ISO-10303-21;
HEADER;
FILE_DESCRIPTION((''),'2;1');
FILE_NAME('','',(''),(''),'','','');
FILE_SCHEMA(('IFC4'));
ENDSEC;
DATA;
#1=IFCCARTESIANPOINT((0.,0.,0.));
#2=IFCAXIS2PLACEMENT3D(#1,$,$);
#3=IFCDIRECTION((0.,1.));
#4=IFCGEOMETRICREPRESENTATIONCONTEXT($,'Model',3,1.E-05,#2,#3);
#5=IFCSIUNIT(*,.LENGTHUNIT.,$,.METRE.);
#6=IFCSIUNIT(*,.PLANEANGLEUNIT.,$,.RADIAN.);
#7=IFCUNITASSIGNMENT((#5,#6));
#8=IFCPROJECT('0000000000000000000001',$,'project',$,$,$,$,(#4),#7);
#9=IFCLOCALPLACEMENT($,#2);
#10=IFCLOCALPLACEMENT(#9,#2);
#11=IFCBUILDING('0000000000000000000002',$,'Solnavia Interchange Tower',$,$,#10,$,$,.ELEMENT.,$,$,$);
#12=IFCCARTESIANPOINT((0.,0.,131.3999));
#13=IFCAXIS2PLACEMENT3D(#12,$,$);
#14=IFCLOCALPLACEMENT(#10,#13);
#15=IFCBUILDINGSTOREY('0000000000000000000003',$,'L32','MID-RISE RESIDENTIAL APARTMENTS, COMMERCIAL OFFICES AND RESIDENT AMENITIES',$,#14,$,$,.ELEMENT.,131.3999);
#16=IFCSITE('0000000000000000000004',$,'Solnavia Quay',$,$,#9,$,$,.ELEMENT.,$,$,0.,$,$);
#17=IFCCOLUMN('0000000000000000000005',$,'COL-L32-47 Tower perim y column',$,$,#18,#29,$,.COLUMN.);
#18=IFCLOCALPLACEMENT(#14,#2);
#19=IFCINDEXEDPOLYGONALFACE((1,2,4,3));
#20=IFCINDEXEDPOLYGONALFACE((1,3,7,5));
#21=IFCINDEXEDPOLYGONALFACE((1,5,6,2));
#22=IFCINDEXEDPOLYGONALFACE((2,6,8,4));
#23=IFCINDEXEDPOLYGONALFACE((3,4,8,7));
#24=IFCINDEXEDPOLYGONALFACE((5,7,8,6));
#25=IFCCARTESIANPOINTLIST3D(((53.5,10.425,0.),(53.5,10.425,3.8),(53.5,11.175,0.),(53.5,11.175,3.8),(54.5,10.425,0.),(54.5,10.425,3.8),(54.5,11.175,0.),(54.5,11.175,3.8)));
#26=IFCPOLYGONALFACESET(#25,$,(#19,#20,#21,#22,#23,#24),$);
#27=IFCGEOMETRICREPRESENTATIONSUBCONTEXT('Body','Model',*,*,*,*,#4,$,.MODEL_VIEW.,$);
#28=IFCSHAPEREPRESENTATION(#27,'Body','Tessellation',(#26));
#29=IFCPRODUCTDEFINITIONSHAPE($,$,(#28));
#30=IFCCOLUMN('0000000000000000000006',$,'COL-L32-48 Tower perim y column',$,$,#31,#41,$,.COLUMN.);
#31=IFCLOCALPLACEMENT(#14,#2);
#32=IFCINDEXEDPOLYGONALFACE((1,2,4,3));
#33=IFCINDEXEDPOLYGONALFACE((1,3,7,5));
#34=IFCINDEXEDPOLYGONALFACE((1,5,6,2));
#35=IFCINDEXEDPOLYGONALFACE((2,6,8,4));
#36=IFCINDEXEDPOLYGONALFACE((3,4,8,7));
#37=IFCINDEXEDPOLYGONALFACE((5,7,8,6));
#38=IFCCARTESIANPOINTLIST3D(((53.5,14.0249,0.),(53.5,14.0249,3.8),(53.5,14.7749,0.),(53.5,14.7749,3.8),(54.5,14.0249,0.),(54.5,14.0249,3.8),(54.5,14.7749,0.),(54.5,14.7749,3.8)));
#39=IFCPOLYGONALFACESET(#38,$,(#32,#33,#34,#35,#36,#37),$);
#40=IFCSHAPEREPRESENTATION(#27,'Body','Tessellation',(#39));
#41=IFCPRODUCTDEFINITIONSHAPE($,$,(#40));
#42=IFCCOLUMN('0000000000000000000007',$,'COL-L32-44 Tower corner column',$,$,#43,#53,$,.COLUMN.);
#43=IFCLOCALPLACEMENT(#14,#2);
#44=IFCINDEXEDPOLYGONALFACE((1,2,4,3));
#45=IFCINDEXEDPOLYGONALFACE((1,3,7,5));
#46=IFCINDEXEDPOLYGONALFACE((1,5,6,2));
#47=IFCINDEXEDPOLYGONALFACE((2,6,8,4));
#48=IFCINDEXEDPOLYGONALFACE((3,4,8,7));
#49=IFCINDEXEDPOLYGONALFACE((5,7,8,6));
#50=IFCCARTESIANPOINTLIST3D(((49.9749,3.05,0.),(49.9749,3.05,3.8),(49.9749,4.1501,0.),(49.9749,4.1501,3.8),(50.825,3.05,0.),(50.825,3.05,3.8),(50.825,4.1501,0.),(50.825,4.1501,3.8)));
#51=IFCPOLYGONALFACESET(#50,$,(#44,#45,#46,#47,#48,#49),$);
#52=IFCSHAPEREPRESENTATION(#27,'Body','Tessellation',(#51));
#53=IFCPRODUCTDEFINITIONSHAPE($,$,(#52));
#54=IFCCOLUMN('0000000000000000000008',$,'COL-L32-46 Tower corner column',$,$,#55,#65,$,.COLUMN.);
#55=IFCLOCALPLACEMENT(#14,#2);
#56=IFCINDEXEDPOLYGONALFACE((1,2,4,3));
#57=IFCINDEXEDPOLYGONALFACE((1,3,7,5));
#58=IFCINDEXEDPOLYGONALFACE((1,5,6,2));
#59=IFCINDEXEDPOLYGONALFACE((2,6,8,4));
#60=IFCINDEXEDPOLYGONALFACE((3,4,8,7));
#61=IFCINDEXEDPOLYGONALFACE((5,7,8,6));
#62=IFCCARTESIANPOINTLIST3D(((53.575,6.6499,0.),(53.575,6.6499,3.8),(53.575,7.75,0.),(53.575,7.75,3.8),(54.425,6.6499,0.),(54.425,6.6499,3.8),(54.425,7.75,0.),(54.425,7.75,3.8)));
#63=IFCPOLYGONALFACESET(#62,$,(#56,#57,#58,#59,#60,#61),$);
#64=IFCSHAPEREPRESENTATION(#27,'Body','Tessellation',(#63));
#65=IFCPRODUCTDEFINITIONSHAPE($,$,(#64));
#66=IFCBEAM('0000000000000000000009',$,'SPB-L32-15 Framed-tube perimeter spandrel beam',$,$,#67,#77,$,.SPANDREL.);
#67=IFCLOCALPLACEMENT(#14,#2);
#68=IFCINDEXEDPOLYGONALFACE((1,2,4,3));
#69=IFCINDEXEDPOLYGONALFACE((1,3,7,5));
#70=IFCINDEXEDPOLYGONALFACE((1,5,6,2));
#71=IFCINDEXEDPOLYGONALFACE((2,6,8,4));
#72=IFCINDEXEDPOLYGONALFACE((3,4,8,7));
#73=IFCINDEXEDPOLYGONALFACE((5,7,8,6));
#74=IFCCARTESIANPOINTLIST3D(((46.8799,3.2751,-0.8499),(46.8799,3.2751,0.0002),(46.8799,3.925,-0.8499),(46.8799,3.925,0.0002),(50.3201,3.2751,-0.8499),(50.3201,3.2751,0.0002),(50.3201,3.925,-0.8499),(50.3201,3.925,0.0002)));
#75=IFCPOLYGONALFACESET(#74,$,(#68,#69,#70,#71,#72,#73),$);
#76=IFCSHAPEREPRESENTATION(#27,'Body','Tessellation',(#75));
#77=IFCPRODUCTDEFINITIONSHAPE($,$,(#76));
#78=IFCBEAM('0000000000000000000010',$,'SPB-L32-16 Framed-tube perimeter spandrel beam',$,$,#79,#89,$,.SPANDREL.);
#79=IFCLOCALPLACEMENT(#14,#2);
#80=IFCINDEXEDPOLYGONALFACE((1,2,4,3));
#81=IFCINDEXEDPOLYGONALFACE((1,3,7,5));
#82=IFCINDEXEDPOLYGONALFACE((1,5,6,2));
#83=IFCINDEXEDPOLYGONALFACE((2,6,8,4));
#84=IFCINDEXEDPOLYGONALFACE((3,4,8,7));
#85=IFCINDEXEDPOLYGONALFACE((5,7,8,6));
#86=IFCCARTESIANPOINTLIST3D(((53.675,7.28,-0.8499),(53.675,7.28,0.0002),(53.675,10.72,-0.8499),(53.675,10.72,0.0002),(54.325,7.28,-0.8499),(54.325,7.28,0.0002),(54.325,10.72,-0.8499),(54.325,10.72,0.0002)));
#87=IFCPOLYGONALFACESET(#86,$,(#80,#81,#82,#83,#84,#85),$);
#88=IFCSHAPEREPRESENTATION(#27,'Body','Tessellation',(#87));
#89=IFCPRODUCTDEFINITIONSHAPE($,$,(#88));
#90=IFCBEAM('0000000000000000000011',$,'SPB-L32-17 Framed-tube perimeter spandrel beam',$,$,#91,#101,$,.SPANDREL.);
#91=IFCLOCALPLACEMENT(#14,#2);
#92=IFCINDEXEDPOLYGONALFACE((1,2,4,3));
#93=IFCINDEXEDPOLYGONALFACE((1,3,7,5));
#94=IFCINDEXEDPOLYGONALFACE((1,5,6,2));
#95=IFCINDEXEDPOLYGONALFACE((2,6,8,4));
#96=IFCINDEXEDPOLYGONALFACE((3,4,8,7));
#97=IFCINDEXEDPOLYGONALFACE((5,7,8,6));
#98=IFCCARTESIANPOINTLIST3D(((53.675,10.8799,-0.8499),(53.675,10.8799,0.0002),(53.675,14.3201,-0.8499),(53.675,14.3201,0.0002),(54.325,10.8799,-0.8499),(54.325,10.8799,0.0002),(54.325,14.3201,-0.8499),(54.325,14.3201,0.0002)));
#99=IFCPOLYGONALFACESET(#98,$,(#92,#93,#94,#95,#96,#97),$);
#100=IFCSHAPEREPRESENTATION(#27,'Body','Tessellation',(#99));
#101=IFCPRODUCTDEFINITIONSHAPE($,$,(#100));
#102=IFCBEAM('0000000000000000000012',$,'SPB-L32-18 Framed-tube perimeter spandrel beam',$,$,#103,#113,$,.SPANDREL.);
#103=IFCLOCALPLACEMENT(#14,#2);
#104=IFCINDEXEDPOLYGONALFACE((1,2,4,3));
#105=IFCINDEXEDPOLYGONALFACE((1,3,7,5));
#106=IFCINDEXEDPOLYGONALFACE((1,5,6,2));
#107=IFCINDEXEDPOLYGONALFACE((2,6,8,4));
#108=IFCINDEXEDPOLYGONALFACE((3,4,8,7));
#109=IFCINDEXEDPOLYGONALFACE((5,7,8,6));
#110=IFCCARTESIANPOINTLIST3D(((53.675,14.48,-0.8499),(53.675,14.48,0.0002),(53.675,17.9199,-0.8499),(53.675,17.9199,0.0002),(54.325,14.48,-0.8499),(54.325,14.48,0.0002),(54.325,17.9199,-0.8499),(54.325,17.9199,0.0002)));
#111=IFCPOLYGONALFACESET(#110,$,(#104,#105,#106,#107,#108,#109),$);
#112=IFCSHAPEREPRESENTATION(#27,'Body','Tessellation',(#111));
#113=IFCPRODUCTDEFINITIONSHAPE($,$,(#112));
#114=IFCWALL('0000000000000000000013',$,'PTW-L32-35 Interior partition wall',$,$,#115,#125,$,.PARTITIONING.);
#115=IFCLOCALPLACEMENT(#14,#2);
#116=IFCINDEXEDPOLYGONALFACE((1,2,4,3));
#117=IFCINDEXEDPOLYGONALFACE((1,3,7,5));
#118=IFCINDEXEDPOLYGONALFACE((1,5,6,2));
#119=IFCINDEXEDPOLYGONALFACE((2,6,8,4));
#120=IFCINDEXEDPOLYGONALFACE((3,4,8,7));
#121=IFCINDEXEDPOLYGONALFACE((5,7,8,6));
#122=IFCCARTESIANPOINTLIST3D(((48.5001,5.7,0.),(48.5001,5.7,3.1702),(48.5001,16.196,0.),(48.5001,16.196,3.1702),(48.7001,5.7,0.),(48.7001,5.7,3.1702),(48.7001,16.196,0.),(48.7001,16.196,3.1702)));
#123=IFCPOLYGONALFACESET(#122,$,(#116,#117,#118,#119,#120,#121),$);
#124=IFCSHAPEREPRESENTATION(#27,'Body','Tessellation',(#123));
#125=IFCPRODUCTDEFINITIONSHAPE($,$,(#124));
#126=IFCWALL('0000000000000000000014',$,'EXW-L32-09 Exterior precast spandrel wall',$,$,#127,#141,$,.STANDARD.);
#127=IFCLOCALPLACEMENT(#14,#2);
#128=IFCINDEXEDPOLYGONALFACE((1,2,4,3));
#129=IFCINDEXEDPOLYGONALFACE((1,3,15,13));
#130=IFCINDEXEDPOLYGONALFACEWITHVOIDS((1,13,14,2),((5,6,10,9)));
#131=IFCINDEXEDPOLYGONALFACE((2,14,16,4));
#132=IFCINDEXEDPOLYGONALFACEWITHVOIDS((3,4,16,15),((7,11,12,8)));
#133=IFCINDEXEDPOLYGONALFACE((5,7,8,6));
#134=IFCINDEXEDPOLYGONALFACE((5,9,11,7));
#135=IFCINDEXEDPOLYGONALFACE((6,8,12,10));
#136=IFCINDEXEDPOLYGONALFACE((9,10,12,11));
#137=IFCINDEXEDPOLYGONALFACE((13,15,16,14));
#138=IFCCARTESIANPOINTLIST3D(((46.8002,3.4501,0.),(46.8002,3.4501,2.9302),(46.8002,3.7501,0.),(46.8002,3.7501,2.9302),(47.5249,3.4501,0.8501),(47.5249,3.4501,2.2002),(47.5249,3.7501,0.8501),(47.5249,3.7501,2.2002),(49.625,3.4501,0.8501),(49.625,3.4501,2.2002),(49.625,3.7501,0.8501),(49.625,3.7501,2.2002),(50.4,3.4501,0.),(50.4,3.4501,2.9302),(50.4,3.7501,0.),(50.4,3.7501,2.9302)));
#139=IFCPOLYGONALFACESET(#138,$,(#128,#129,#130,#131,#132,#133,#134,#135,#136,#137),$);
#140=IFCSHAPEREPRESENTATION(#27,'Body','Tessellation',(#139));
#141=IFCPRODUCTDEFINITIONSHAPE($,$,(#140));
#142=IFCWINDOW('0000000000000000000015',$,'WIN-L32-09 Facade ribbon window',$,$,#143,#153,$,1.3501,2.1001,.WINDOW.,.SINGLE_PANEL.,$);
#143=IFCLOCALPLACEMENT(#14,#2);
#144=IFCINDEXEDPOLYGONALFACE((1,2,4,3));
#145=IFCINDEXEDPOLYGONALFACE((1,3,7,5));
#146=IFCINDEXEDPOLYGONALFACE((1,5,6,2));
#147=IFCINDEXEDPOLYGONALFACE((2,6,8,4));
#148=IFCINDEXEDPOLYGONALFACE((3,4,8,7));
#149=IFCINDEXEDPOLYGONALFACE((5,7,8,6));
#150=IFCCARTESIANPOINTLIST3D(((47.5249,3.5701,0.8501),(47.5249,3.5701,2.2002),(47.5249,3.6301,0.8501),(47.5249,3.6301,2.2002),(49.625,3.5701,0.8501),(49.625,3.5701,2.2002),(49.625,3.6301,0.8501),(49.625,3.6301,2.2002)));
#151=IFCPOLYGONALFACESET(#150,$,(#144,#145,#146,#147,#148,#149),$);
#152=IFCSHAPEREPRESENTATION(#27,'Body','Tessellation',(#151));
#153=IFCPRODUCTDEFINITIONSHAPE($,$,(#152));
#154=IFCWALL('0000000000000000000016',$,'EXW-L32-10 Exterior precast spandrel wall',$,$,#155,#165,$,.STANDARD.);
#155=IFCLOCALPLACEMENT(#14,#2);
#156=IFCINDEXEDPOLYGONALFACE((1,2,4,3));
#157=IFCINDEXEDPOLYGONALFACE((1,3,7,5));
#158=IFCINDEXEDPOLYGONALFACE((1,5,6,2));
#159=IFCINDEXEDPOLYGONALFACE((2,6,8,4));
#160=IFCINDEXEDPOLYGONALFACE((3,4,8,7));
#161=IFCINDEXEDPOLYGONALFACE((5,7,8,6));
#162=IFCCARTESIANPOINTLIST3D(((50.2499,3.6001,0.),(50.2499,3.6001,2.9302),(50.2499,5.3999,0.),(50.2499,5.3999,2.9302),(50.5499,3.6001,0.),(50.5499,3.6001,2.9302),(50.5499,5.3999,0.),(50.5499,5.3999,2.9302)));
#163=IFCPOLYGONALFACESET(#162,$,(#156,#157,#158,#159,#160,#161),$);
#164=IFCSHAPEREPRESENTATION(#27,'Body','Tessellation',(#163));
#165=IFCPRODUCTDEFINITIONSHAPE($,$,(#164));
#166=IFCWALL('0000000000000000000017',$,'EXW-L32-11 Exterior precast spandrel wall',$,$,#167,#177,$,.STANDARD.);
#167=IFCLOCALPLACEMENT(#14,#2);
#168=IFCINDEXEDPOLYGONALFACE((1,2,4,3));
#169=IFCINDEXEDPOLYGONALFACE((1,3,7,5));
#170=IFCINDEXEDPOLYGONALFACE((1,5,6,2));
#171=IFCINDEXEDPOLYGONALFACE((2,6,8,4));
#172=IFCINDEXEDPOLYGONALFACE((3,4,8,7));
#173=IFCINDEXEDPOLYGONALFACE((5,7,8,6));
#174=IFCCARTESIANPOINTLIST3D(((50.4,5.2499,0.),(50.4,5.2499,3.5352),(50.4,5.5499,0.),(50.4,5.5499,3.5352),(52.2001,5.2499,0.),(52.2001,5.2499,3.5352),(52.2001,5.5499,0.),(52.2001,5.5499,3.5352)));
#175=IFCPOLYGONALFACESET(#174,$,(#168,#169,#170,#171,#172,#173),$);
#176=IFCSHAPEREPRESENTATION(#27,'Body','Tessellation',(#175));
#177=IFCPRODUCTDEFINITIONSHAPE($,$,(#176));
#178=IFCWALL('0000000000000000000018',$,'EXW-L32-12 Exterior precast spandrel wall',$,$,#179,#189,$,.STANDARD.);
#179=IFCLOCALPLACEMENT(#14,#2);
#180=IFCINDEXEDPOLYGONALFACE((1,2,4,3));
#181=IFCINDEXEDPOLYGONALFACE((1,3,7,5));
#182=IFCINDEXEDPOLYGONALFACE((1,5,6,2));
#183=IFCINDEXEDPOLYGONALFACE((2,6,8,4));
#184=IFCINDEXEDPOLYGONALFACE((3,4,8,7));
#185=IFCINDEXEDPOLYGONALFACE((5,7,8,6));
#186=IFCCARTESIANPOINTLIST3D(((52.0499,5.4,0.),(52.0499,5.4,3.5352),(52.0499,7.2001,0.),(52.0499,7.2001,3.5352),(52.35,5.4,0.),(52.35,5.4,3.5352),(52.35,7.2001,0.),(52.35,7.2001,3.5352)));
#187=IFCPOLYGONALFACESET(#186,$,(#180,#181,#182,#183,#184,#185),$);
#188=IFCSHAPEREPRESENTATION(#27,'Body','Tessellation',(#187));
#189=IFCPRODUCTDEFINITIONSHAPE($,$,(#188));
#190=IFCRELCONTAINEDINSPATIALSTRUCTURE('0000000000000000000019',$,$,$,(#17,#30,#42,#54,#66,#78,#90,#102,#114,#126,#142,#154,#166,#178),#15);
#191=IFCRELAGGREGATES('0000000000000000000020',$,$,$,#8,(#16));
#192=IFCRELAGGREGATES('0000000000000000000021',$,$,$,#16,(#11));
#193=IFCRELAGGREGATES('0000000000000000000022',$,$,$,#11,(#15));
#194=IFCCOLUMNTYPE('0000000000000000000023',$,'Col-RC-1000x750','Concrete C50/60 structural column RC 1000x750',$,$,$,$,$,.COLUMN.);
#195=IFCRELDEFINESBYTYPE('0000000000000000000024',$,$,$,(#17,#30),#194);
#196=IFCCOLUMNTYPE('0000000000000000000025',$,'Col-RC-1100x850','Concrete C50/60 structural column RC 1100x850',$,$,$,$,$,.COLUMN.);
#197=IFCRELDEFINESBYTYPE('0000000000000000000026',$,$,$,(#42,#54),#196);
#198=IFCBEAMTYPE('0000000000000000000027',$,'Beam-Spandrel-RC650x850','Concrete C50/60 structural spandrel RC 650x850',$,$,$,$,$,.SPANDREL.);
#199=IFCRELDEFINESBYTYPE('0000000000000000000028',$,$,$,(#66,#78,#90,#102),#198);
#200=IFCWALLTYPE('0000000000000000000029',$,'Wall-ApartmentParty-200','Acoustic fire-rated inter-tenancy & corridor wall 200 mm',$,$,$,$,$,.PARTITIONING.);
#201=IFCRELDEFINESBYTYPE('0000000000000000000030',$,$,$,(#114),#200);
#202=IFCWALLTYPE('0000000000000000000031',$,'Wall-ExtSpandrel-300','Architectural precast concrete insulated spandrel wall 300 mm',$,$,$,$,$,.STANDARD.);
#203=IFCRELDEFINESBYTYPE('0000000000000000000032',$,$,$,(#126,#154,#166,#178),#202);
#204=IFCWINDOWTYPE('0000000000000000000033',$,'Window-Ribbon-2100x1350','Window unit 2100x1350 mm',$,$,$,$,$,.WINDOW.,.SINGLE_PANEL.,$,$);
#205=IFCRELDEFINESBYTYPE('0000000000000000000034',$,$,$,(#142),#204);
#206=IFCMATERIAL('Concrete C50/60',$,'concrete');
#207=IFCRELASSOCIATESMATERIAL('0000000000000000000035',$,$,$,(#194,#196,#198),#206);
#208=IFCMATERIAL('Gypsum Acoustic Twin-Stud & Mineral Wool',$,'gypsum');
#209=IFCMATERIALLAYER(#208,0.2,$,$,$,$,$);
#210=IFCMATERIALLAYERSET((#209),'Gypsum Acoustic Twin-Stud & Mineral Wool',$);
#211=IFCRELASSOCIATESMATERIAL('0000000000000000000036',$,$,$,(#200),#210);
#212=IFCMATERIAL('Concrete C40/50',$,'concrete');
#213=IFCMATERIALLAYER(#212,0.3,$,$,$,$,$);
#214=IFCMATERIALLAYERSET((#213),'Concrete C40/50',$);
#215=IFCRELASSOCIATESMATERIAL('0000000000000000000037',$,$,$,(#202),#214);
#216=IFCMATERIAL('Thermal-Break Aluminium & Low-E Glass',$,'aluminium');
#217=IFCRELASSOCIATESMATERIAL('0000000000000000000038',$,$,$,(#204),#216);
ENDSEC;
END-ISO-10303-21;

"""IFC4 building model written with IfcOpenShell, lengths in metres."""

from ifc_helpers import new_model, si_unit, direction, frame, frame_2d, origin, origin_2d, place, context, subcontext, project, spatial, rectangle, extrude, material, layer, layer_set, material_profile, profile_set, type_object, element, fill, save


model = new_model("IFC4")

# Units and contexts
model_context = context("Model", 3, precision=1e-05, world=origin(), true_north=direction((0.0, 1.0)))
body_context = subcontext(model_context, "Body", "Model", "MODEL_VIEW")
ifc_project = project(units=[si_unit("LENGTHUNIT", "METRE"), si_unit("PLANEANGLEUNIT", "RADIAN")], contexts=[model_context])

# Site, building, storey
site_placement = place(None, origin())
site = spatial("IfcSite", under=ifc_project, at=site_placement, Name="Solnavia Quay", CompositionType="ELEMENT", RefElevation=0.0)
building_placement = place(site_placement, origin())
building = spatial("IfcBuilding", under=site, at=building_placement, Name="Solnavia Interchange Tower", CompositionType="ELEMENT")
storey_placement = place(building_placement, frame((0.0, 0.0, 131.3999)))
storey = spatial("IfcBuildingStorey", under=building, at=storey_placement, Name="L32", Description="MID-RISE RESIDENTIAL APARTMENTS, COMMERCIAL OFFICES AND RESIDENT AMENITIES", CompositionType="ELEMENT", Elevation=131.3999)

# Columns
ifc_material_1 = material(Name="Concrete C50/60", Category="concrete")
ifc_material_profile_1 = material_profile(ifc_material_1, rectangle(XDim=0.75, YDim=1.0, at=origin_2d()), Name="RC 1000x750")
ifc_profile_set_1 = profile_set([ifc_material_profile_1], Name="Concrete C50/60")
column_type_1 = type_object("IfcColumnType", Name="Col-RC-1000x750", Description="Concrete C50/60 structural column RC 1000x750", PredefinedType="COLUMN", material=ifc_profile_set_1)
for number, where, z_axis, x_axis, name in (
    (1, (54.0, 10.8, 0.0), (0.0, 0.0, 1.0), (0.0, 1.0, 0.0), "COL-L32-47 Tower perim y column"),
    (2, (54.0, 14.3999, 0.0), (0.0, 0.0, 1.0), (0.0, 1.0, 0.0), "COL-L32-48 Tower perim y column"),
):
    element("IfcColumn", number, at=place(storey_placement, frame(where, z_axis=z_axis, x_axis=x_axis)), inside=storey, type_object=column_type_1, Name=name, PredefinedType="COLUMN", context=body_context, shape_type="SweptSolid", body=[
        extrude(rectangle(XDim=0.75, YDim=1.0, at=origin_2d()), origin(), (0.0, 0.0, 1.0), 3.8),
    ])
ifc_material_profile_2 = material_profile(ifc_material_1, rectangle(XDim=0.8501, YDim=1.1001, at=origin_2d()), Name="RC 1100x850")
ifc_profile_set_2 = profile_set([ifc_material_profile_2], Name="Concrete C50/60")
column_type_2 = type_object("IfcColumnType", Name="Col-RC-1100x850", Description="Concrete C50/60 structural column RC 1100x850", PredefinedType="COLUMN", material=ifc_profile_set_2)
for number, where, z_axis, x_axis, name in (
    (3, (50.3999, 3.6001, 0.0), (0.0, 0.0, 1.0), (1.0, 0.0, 0.0), "COL-L32-44 Tower corner column"),
    (4, (54.0, 7.2, 0.0), (0.0, 0.0, 1.0), (1.0, 0.0, 0.0), "COL-L32-46 Tower corner column"),
):
    element("IfcColumn", number, at=place(storey_placement, frame(where, z_axis=z_axis, x_axis=x_axis)), inside=storey, type_object=column_type_2, Name=name, PredefinedType="COLUMN", context=body_context, shape_type="SweptSolid", body=[
        extrude(rectangle(XDim=0.8501, YDim=1.1001, at=origin_2d()), origin(), (0.0, 0.0, 1.0), 3.8),
    ])

# Beams
ifc_material_profile_3 = material_profile(ifc_material_1, rectangle(XDim=0.6499, YDim=0.8501, at=origin_2d()), Name="RC 650x850")
ifc_profile_set_3 = profile_set([ifc_material_profile_3], Name="Concrete C50/60")
beam_type = type_object("IfcBeamType", Name="Beam-Spandrel-RC650x850", Description="Concrete C50/60 structural spandrel RC 650x850", PredefinedType="SPANDREL", material=ifc_profile_set_3)
beam_1_placement = place(storey_placement, frame((46.8799, 3.6001, -0.4248), z_axis=(1.0, 0.0, 0.0), x_axis=(0.0, 1.0, 0.0)))
element("IfcBeam", 5, at=beam_1_placement, inside=storey, type_object=beam_type, Name="SPB-L32-15 Framed-tube perimeter spandrel beam", PredefinedType="SPANDREL", context=body_context, shape_type="SweptSolid", body=[
    extrude(rectangle(XDim=0.6499, YDim=0.8501, at=origin_2d()), origin(), (0.0, 0.0, 1.0), 3.4402),
])
beam_2_placement = place(storey_placement, frame((54.0, 7.28, -0.4248), z_axis=(0.0, 1.0, 0.0), x_axis=(-1.0, 0.0, 0.0)))
element("IfcBeam", 6, at=beam_2_placement, inside=storey, type_object=beam_type, Name="SPB-L32-16 Framed-tube perimeter spandrel beam", PredefinedType="SPANDREL", context=body_context, shape_type="SweptSolid", body=[
    extrude(rectangle(XDim=0.6499, YDim=0.8501, at=origin_2d()), origin(), (0.0, 0.0, 1.0), 3.4399),
])
beam_3_placement = place(storey_placement, frame((54.0, 10.8799, -0.4248), z_axis=(0.0, 1.0, 0.0), x_axis=(-1.0, 0.0, 0.0)))
element("IfcBeam", 7, at=beam_3_placement, inside=storey, type_object=beam_type, Name="SPB-L32-17 Framed-tube perimeter spandrel beam", PredefinedType="SPANDREL", context=body_context, shape_type="SweptSolid", body=[
    extrude(rectangle(XDim=0.6499, YDim=0.8501, at=origin_2d()), origin(), (0.0, 0.0, 1.0), 3.4402),
])
beam_4_placement = place(storey_placement, frame((54.0, 14.48, -0.4248), z_axis=(0.0, 1.0, 0.0), x_axis=(-1.0, 0.0, 0.0)))
element("IfcBeam", 8, at=beam_4_placement, inside=storey, type_object=beam_type, Name="SPB-L32-18 Framed-tube perimeter spandrel beam", PredefinedType="SPANDREL", context=body_context, shape_type="SweptSolid", body=[
    extrude(rectangle(XDim=0.6499, YDim=0.8501, at=origin_2d()), origin(), (0.0, 0.0, 1.0), 3.4399),
])

# Wall
ifc_material_2 = material(Name="Gypsum Acoustic Twin-Stud & Mineral Wool", Category="gypsum")
ifc_layer_1 = layer(ifc_material_2, 0.2)
ifc_layer_set_1 = layer_set([ifc_layer_1], Name="Gypsum Acoustic Twin-Stud & Mineral Wool")
wall_type_1 = type_object("IfcWallType", Name="Wall-ApartmentParty-200", Description="Acoustic fire-rated inter-tenancy & corridor wall 200 mm", PredefinedType="PARTITIONING", material=ifc_layer_set_1)
wall_1_placement = place(storey_placement, frame((48.6001, 5.7, 0.0), z_axis=(0.0, 0.0, 1.0), x_axis=(0.0, 1.0, 0.0)))
element("IfcWall", 9, at=wall_1_placement, inside=storey, type_object=wall_type_1, Name="PTW-L32-35 Interior partition wall", PredefinedType="PARTITIONING", context=body_context, shape_type="SweptSolid", body=[
    extrude(rectangle(XDim=10.4961, YDim=0.2, at=frame_2d((5.248, 0.0))), origin(), (0.0, 0.0, 1.0), 3.1702),
])

# Wall, opening, window
ifc_material_3 = material(Name="Concrete C40/50", Category="concrete")
ifc_layer_2 = layer(ifc_material_3, 0.3)
ifc_layer_set_2 = layer_set([ifc_layer_2], Name="Concrete C40/50")
wall_type_2 = type_object("IfcWallType", Name="Wall-ExtSpandrel-300", Description="Architectural precast concrete insulated spandrel wall 300 mm", PredefinedType="STANDARD", material=ifc_layer_set_2)
wall_2_placement = place(storey_placement, frame((50.3999, 3.6001, 0.0), z_axis=(0.0, 0.0, 1.0), x_axis=(-1.0, 0.0, 0.0)))
wall_2 = element("IfcWall", 10, at=wall_2_placement, inside=storey, type_object=wall_type_2, Name="EXW-L32-09 Exterior precast spandrel wall", PredefinedType="STANDARD", context=body_context, shape_type="SweptSolid", body=[
    extrude(rectangle(XDim=3.5999, YDim=0.3, at=frame_2d((1.7998, 0.0))), origin(), (0.0, 0.0, 1.0), 2.9302),
])
opening_1_placement = place(wall_2_placement, frame((0.7749, 0.0, 0.8501)))
opening_1 = element("IfcOpeningElement", 11, at=opening_1_placement, cuts=wall_2, PredefinedType="OPENING", context=body_context, shape_type="SweptSolid", body=[
    extrude(rectangle(XDim=2.1001, YDim=1.3501, at=frame_2d((1.05, 0.675))), frame((0.0, 0.1602, 0.0), z_axis=(0.0, -1.0, 0.0), x_axis=(1.0, 0.0, 0.0)), (0.0, 0.0, 1.0), 0.3201),
])
ifc_material_4 = material(Name="Thermal-Break Aluminium & Low-E Glass", Category="aluminium")
window_type = type_object("IfcWindowType", Name="Window-Ribbon-2100x1350", Description="Window unit 2100x1350 mm", PartitioningType="SINGLE_PANEL", PredefinedType="WINDOW", material=ifc_material_4)
window_1_placement = place(opening_1_placement, origin())
window_1 = element("IfcWindow", 12, at=window_1_placement, inside=storey, type_object=window_type, Name="WIN-L32-09 Facade ribbon window", OverallHeight=1.3501, OverallWidth=2.1001, PartitioningType="SINGLE_PANEL", PredefinedType="WINDOW", context=body_context, shape_type="SweptSolid", body=[
    extrude(rectangle(XDim=2.1001, YDim=1.3501, at=frame_2d((1.05, 0.675))), frame((0.0, 0.03, 0.0), z_axis=(0.0, -1.0, 0.0), x_axis=(1.0, 0.0, 0.0)), (0.0, 0.0, 1.0), 0.0601),
])
fill(opening_1, window_1)

# Walls
wall_3_placement = place(storey_placement, frame((50.3999, 5.3999, 0.0), z_axis=(0.0, 0.0, 1.0), x_axis=(0.0, -1.0, 0.0)))
element("IfcWall", 13, at=wall_3_placement, inside=storey, type_object=wall_type_2, Name="EXW-L32-10 Exterior precast spandrel wall", PredefinedType="STANDARD", context=body_context, shape_type="SweptSolid", body=[
    extrude(rectangle(XDim=1.7998, YDim=0.3, at=frame_2d((0.8999, 0.0))), origin(), (0.0, 0.0, 1.0), 2.9302),
])
for number, where, z_axis, x_axis, name in (
    (14, (52.2, 5.3999, 0.0), (0.0, 0.0, 1.0), (-1.0, 0.0, 0.0), "EXW-L32-11 Exterior precast spandrel wall"),
    (15, (52.2, 7.2, 0.0), (0.0, 0.0, 1.0), (0.0, -1.0, 0.0), "EXW-L32-12 Exterior precast spandrel wall"),
):
    element("IfcWall", number, at=place(storey_placement, frame(where, z_axis=z_axis, x_axis=x_axis)), inside=storey, type_object=wall_type_2, Name=name, PredefinedType="STANDARD", context=body_context, shape_type="SweptSolid", body=[
        extrude(rectangle(XDim=1.8, YDim=0.3, at=frame_2d((0.8999, 0.0))), origin(), (0.0, 0.0, 1.0), 3.5352),
    ])

save(model, "model.ifc")
